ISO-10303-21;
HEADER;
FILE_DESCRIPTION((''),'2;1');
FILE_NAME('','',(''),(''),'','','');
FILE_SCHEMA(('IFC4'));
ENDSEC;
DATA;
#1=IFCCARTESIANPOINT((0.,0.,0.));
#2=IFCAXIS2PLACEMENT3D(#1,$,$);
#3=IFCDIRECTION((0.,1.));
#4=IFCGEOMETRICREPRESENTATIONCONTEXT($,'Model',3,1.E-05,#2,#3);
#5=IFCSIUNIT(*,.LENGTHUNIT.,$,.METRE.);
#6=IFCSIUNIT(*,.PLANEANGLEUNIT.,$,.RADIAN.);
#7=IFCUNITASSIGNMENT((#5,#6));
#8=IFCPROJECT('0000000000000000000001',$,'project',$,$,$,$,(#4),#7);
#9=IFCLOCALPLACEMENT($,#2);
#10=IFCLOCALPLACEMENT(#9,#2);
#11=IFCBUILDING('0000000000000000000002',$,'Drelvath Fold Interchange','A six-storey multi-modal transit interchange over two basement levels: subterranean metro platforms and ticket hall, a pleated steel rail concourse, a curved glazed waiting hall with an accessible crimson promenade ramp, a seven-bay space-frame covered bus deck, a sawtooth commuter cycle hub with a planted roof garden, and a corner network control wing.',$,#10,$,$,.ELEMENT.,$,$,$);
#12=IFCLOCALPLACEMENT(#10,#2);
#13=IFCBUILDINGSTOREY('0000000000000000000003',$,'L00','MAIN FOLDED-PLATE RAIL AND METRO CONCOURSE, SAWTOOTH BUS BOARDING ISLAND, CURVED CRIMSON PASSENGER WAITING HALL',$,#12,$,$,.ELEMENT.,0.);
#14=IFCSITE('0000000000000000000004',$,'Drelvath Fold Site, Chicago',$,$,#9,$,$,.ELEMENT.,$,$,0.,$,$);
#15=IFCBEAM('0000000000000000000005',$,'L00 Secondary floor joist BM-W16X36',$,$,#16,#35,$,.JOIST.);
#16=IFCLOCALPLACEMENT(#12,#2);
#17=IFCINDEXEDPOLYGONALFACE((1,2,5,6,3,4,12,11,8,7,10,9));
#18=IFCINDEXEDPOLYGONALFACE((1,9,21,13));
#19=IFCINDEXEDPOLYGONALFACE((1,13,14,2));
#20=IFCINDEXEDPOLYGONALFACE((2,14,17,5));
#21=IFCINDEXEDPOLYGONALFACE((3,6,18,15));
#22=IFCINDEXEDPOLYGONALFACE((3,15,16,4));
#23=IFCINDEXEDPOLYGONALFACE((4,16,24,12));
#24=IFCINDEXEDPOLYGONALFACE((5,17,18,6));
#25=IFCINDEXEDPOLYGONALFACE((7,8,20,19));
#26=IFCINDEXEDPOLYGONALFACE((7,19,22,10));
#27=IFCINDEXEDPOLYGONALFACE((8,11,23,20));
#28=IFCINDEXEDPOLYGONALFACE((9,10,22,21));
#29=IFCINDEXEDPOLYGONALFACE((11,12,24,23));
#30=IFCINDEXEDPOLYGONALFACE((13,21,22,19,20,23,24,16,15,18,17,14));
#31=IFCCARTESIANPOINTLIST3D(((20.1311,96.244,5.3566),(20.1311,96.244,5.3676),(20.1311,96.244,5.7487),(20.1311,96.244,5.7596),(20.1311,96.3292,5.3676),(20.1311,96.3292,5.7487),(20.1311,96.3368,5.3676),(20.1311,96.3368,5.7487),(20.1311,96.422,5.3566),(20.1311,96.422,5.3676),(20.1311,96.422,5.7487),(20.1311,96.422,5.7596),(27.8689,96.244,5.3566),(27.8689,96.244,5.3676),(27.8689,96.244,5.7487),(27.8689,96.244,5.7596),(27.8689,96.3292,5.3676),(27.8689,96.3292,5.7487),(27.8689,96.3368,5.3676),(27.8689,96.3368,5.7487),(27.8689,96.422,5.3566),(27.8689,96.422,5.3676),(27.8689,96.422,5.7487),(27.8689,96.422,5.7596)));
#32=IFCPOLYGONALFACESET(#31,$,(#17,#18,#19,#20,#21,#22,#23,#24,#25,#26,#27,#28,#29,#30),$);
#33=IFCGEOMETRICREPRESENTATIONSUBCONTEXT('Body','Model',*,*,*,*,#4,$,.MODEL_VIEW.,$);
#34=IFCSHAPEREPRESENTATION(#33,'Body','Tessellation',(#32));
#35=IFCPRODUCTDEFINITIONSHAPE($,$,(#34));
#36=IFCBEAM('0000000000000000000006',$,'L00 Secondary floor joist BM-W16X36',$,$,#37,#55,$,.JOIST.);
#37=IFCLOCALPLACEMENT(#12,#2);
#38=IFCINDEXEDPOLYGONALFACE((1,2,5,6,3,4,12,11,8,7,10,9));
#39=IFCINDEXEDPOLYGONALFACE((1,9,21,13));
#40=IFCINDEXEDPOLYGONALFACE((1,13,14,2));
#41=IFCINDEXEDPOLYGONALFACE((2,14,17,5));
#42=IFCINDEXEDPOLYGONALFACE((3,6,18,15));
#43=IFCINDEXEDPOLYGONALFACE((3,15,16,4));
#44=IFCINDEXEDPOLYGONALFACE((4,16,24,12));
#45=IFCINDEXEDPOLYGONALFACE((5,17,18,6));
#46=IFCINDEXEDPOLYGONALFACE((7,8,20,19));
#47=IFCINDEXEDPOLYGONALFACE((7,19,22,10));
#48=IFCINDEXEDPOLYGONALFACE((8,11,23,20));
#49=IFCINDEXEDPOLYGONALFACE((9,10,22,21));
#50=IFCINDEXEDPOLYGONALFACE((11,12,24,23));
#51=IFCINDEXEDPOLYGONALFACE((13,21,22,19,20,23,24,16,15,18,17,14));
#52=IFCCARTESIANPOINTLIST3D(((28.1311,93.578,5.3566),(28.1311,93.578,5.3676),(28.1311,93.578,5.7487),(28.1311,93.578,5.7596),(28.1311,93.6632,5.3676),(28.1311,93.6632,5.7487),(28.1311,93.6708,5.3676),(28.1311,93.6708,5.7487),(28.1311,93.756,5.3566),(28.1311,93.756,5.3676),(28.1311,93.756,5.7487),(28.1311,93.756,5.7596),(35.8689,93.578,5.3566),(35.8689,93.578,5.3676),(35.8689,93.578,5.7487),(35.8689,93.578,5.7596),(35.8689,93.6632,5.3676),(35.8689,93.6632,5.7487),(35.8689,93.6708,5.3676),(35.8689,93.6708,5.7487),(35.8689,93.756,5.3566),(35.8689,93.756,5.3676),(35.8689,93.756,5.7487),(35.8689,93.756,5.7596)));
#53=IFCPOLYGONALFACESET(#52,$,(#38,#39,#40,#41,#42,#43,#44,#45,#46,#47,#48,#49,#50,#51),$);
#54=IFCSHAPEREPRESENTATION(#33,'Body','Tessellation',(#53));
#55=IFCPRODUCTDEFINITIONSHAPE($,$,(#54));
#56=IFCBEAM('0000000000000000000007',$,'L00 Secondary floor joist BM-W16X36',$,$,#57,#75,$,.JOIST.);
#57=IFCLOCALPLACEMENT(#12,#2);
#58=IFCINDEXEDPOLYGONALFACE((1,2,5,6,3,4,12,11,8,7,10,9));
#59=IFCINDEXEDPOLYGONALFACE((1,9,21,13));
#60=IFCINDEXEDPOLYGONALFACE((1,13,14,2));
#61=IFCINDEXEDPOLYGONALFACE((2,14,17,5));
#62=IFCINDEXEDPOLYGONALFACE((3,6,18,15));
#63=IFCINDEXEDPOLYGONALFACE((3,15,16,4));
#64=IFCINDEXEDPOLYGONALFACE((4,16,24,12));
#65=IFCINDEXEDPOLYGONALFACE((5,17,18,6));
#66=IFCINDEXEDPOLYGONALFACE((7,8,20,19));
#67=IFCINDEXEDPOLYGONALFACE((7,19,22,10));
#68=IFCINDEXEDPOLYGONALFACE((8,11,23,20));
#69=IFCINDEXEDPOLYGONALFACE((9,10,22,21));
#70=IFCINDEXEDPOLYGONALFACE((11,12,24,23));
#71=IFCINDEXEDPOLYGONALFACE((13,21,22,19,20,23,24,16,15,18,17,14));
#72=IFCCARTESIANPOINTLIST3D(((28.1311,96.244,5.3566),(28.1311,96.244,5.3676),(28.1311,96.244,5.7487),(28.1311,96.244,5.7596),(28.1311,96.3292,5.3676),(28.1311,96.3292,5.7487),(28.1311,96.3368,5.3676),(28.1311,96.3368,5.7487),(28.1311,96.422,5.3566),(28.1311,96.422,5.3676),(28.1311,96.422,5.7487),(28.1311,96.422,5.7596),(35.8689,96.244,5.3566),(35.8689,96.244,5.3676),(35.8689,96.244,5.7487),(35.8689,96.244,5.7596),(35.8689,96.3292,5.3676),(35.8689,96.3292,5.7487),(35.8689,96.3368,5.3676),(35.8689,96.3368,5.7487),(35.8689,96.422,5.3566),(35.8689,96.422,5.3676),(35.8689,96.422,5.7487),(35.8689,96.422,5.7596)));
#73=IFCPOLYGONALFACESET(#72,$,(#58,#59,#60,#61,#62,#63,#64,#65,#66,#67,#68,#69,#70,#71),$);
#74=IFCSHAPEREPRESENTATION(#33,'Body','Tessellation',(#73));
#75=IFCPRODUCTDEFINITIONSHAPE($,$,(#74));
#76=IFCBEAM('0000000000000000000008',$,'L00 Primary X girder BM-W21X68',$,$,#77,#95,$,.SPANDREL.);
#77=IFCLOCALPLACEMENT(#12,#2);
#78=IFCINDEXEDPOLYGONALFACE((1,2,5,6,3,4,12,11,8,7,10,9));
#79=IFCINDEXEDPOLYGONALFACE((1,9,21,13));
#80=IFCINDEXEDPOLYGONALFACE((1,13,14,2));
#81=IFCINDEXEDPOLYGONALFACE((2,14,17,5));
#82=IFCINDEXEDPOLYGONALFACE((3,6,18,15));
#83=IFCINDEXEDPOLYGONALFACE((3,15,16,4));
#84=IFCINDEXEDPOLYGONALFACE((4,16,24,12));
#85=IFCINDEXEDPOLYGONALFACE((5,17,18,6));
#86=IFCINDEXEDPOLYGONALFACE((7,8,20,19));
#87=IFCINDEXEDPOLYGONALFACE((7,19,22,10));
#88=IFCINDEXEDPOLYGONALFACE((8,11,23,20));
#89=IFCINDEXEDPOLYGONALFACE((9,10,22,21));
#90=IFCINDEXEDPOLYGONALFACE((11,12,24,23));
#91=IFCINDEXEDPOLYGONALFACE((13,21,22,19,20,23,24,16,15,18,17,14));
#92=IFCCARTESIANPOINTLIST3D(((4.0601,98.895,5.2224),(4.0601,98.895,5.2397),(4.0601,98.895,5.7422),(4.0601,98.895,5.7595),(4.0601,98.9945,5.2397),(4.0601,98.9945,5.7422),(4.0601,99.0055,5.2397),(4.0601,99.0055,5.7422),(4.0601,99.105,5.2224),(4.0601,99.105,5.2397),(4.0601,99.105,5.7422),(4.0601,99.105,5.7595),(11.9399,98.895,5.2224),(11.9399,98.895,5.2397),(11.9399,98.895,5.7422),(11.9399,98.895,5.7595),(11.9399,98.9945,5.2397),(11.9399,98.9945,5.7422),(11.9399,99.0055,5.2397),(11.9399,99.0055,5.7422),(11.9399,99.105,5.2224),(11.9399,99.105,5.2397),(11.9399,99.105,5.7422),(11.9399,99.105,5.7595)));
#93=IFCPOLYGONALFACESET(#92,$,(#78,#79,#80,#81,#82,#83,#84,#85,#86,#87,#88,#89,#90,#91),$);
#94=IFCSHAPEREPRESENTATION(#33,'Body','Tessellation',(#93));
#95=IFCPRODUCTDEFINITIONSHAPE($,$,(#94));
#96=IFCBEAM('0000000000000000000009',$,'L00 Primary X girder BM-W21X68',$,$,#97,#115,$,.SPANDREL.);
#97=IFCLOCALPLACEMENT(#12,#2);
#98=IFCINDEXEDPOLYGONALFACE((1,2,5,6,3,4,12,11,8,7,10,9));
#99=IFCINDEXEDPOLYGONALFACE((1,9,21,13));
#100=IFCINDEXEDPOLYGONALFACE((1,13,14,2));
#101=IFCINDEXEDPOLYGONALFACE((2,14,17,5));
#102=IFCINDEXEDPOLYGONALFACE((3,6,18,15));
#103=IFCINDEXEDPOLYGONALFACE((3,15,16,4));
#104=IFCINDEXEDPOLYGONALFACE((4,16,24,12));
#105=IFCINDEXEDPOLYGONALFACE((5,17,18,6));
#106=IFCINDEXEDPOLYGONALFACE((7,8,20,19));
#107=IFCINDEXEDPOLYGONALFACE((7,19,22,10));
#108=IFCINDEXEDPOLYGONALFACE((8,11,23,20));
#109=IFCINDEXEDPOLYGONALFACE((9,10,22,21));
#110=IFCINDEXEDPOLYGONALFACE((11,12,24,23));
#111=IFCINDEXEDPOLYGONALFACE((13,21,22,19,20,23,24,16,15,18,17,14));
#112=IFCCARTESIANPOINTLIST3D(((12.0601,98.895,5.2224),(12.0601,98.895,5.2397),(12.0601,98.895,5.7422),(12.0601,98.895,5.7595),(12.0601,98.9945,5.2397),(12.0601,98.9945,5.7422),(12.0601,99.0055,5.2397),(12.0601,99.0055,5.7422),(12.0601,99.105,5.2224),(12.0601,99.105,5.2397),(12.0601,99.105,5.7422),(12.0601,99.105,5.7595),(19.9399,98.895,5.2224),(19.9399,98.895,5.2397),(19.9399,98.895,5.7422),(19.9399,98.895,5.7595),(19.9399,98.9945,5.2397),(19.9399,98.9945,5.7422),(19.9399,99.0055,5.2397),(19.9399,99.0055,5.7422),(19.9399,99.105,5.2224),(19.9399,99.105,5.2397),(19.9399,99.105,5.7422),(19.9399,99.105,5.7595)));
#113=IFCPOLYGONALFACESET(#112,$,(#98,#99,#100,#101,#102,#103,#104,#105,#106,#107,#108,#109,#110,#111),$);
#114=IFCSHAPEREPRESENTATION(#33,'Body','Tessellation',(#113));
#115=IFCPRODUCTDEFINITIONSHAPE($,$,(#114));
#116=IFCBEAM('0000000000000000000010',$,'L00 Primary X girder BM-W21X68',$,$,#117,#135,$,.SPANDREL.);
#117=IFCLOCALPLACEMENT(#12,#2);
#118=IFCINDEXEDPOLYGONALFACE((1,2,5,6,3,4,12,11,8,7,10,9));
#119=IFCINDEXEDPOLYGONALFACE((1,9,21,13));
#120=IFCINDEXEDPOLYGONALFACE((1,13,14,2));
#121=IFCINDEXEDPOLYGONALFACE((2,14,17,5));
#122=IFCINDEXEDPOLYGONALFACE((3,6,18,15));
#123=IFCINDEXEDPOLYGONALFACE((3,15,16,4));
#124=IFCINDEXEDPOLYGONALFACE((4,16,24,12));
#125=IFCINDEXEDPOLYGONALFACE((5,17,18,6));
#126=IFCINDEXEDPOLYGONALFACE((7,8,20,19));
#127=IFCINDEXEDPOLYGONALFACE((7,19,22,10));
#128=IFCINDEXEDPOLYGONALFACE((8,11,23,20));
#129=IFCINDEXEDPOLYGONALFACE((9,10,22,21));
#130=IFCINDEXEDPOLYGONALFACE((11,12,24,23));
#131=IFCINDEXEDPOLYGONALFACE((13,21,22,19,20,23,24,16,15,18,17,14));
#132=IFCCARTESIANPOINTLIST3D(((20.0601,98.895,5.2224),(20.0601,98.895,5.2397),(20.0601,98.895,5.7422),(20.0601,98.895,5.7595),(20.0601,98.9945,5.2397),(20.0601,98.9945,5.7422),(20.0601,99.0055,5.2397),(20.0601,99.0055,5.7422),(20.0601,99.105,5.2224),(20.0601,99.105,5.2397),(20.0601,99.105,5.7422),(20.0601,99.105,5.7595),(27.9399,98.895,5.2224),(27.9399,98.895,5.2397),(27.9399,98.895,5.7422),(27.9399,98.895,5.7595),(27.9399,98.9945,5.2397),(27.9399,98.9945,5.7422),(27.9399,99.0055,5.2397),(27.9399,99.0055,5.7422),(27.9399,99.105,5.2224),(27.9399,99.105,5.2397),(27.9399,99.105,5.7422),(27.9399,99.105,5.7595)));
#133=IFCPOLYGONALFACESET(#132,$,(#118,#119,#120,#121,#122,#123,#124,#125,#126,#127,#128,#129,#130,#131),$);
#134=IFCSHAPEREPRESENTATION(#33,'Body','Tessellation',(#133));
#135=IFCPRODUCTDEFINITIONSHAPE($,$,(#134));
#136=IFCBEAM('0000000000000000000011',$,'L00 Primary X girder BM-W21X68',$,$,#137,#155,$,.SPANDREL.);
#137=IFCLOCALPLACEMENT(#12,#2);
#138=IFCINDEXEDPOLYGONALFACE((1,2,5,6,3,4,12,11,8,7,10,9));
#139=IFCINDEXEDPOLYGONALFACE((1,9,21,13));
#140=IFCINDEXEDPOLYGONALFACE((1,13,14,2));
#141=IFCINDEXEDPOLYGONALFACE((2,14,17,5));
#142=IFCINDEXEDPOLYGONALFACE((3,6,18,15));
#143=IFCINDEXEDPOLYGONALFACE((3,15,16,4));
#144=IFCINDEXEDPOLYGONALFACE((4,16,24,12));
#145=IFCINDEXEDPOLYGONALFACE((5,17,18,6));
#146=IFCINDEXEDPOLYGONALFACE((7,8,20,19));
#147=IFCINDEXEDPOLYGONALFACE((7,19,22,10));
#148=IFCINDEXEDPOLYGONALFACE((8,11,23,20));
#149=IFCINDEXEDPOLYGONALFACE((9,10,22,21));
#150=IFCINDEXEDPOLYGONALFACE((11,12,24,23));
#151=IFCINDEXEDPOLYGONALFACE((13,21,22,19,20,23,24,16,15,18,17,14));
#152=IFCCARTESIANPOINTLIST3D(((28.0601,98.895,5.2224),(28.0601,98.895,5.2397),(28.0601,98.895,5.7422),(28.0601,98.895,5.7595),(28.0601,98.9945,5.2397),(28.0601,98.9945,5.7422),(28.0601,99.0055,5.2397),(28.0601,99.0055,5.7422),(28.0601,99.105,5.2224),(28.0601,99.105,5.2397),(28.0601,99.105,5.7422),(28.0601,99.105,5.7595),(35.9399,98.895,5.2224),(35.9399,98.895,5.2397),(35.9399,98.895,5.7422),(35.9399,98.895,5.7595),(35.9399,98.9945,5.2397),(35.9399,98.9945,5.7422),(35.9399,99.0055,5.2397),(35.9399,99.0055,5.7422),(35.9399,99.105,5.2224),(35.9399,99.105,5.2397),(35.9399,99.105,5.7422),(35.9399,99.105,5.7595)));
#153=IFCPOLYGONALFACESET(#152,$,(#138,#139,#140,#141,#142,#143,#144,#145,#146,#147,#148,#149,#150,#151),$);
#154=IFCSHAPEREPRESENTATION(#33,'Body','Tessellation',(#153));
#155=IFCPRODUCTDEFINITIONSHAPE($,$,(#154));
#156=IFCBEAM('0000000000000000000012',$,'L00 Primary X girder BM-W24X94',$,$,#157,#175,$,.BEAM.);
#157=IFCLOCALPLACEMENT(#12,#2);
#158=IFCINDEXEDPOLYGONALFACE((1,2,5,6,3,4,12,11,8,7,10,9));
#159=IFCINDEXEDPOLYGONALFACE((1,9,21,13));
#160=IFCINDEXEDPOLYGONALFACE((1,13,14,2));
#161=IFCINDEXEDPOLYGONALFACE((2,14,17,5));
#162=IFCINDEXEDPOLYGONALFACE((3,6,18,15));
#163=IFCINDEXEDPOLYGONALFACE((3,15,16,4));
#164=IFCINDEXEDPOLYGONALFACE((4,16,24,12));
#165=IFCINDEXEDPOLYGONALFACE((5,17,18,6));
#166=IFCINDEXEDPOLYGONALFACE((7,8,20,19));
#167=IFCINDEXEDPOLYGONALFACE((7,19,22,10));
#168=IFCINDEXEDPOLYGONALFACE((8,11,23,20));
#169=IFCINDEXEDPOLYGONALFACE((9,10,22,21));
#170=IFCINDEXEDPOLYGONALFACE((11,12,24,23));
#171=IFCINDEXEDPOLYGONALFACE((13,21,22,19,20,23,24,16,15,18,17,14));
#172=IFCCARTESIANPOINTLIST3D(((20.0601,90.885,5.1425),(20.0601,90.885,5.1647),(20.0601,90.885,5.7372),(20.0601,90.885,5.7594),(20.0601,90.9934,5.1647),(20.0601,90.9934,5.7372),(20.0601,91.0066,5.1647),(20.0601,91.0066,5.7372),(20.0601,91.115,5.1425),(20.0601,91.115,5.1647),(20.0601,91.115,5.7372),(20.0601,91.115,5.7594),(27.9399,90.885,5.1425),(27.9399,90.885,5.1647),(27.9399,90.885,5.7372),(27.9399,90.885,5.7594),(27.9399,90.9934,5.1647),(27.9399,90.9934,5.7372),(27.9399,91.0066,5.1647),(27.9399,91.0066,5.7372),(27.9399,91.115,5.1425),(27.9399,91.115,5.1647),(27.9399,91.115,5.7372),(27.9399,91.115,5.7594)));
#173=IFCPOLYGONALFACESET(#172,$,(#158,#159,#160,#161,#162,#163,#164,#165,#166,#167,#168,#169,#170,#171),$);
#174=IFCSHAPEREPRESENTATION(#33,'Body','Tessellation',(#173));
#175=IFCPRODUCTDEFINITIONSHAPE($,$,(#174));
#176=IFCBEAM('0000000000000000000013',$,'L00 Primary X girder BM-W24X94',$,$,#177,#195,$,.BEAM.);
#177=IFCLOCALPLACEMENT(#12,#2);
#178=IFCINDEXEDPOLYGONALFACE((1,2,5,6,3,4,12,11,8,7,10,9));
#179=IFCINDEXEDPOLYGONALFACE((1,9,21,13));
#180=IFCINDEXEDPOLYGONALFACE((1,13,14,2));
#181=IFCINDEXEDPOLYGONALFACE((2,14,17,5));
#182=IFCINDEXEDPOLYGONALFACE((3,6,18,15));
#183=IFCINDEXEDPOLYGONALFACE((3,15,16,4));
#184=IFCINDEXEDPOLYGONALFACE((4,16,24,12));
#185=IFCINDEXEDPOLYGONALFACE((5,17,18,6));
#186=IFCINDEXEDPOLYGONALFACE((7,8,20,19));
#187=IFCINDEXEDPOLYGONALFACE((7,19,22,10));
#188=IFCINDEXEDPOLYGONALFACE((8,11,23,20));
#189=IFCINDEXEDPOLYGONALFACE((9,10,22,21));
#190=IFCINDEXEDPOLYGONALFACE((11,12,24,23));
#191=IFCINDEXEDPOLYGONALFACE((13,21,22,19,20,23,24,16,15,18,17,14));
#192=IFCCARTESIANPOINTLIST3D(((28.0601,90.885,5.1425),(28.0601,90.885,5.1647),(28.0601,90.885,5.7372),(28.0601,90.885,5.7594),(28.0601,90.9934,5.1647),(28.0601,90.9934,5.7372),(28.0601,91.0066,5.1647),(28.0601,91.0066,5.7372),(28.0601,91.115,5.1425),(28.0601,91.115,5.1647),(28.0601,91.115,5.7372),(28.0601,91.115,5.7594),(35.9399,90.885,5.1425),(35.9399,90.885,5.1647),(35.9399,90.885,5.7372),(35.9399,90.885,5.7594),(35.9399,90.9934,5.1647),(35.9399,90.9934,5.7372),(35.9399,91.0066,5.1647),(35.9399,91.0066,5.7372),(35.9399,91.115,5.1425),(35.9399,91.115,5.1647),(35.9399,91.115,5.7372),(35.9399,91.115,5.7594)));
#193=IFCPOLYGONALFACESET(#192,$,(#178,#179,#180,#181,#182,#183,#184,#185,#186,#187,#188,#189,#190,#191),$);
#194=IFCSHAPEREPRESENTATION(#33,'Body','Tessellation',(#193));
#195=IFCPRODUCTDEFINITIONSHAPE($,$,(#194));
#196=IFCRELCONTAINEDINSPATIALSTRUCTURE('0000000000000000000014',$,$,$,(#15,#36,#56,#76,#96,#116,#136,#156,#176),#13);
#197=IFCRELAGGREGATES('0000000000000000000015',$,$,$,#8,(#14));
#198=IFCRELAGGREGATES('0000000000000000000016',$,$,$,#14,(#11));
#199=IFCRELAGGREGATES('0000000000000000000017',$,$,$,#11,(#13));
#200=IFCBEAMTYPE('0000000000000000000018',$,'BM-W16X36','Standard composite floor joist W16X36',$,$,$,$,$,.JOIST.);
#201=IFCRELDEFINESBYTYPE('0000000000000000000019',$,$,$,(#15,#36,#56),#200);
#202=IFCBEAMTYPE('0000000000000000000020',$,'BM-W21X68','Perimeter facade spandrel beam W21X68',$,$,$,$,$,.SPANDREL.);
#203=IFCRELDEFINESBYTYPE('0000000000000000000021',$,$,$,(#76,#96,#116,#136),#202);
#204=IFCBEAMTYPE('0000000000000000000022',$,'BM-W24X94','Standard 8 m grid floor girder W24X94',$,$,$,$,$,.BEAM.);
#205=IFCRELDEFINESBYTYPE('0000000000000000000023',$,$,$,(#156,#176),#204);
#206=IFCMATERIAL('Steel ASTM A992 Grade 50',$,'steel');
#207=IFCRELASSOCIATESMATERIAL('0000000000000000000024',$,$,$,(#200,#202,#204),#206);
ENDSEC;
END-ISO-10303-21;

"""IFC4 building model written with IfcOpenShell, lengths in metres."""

from ifc_helpers import new_model, si_unit, direction, frame, origin, origin_2d, place, context, subcontext, project, spatial, i_section, extrude, material, material_profile, profile_set, type_object, element, save


model = new_model("IFC4")

# Units and contexts
model_context = context("Model", 3, precision=1e-05, world=origin(), true_north=direction((0.0, 1.0)))
body_context = subcontext(model_context, "Body", "Model", "MODEL_VIEW")
ifc_project = project(units=[si_unit("LENGTHUNIT", "METRE"), si_unit("PLANEANGLEUNIT", "RADIAN")], contexts=[model_context])

# Site, building, storey
site_placement = place(None, origin())
site = spatial("IfcSite", under=ifc_project, at=site_placement, Name="Drelvath Fold Site, Chicago", CompositionType="ELEMENT", RefElevation=0.0)
building_placement = place(site_placement, origin())
building = spatial("IfcBuilding", under=site, at=building_placement, Name="Drelvath Fold Interchange", Description="A six-storey multi-modal transit interchange over two basement levels: subterranean metro platforms and ticket hall, a pleated steel rail concourse, a curved glazed waiting hall with an accessible crimson promenade ramp, a seven-bay space-frame covered bus deck, a sawtooth commuter cycle hub with a planted roof garden, and a corner network control wing.", CompositionType="ELEMENT")
storey_placement = place(building_placement, origin())
storey = spatial("IfcBuildingStorey", under=building, at=storey_placement, Name="L00", Description="MAIN FOLDED-PLATE RAIL AND METRO CONCOURSE, SAWTOOTH BUS BOARDING ISLAND, CURVED CRIMSON PASSENGER WAITING HALL", CompositionType="ELEMENT", Elevation=0.0)

# Beams
ifc_material_1 = material(Name="Steel ASTM A992 Grade 50", Category="steel")
ifc_material_profile_1 = material_profile(ifc_material_1, i_section(OverallWidth=0.178, OverallDepth=0.4031, WebThickness=0.0076, FlangeThickness=0.011, at=origin_2d()), Name="W16X36")
ifc_profile_set_1 = profile_set([ifc_material_profile_1], Name="Steel ASTM A992 Grade 50")
beam_type_1 = type_object("IfcBeamType", Name="BM-W16X36", Description="Standard composite floor joist W16X36", PredefinedType="JOIST", material=ifc_profile_set_1)
for number, where, z_axis, x_axis, name in (
    (1, (20.1311, 96.333, 5.5581), (1.0, 0.0, 0.0), (0.0, 1.0, 0.0), "L00 Secondary floor joist BM-W16X36"),
    (2, (28.1311, 93.667, 5.5581), (1.0, 0.0, 0.0), (0.0, 1.0, 0.0), "L00 Secondary floor joist BM-W16X36"),
    (3, (28.1311, 96.333, 5.5581), (1.0, 0.0, 0.0), (0.0, 1.0, 0.0), "L00 Secondary floor joist BM-W16X36"),
):
    element("IfcBeam", number, at=place(storey_placement, frame(where, z_axis=z_axis, x_axis=x_axis)), inside=storey, type_object=beam_type_1, Name=name, PredefinedType="JOIST", context=body_context, shape_type="SweptSolid", body=[
        extrude(i_section(OverallWidth=0.178, OverallDepth=0.4031, WebThickness=0.0076, FlangeThickness=0.011, at=origin_2d()), origin(), (0.0, 0.0, 1.0), 7.7378),
    ])
ifc_material_profile_2 = material_profile(ifc_material_1, i_section(OverallWidth=0.21, OverallDepth=0.5371, WebThickness=0.011, FlangeThickness=0.0173, at=origin_2d()), Name="W21X68")
ifc_profile_set_2 = profile_set([ifc_material_profile_2], Name="Steel ASTM A992 Grade 50")
beam_type_2 = type_object("IfcBeamType", Name="BM-W21X68", Description="Perimeter facade spandrel beam W21X68", PredefinedType="SPANDREL", material=ifc_profile_set_2)
for number, where, z_axis, x_axis, name in (
    (4, (4.0601, 99.0, 5.491), (1.0, 0.0, 0.0), (0.0, 1.0, 0.0), "L00 Primary X girder BM-W21X68"),
    (5, (12.0601, 99.0, 5.491), (1.0, 0.0, 0.0), (0.0, 1.0, 0.0), "L00 Primary X girder BM-W21X68"),
    (6, (20.0601, 99.0, 5.491), (1.0, 0.0, 0.0), (0.0, 1.0, 0.0), "L00 Primary X girder BM-W21X68"),
    (7, (28.0601, 99.0, 5.491), (1.0, 0.0, 0.0), (0.0, 1.0, 0.0), "L00 Primary X girder BM-W21X68"),
):
    element("IfcBeam", number, at=place(storey_placement, frame(where, z_axis=z_axis, x_axis=x_axis)), inside=storey, type_object=beam_type_2, Name=name, PredefinedType="SPANDREL", context=body_context, shape_type="SweptSolid", body=[
        extrude(i_section(OverallWidth=0.21, OverallDepth=0.5371, WebThickness=0.011, FlangeThickness=0.0173, at=origin_2d()), origin(), (0.0, 0.0, 1.0), 7.8799),
    ])
ifc_material_profile_3 = material_profile(ifc_material_1, i_section(OverallWidth=0.23, OverallDepth=0.6169, WebThickness=0.0132, FlangeThickness=0.0222, at=origin_2d()), Name="W24X94")
ifc_profile_set_3 = profile_set([ifc_material_profile_3], Name="Steel ASTM A992 Grade 50")
beam_type_3 = type_object("IfcBeamType", Name="BM-W24X94", Description="Standard 8 m grid floor girder W24X94", PredefinedType="BEAM", material=ifc_profile_set_3)
for number, where, z_axis, x_axis, name in (
    (8, (20.0601, 91.0, 5.4509), (1.0, 0.0, 0.0), (0.0, 1.0, 0.0), "L00 Primary X girder BM-W24X94"),
    (9, (28.0601, 91.0, 5.4509), (1.0, 0.0, 0.0), (0.0, 1.0, 0.0), "L00 Primary X girder BM-W24X94"),
):
    element("IfcBeam", number, at=place(storey_placement, frame(where, z_axis=z_axis, x_axis=x_axis)), inside=storey, type_object=beam_type_3, Name=name, PredefinedType="BEAM", context=body_context, shape_type="SweptSolid", body=[
        extrude(i_section(OverallWidth=0.23, OverallDepth=0.6169, WebThickness=0.0132, FlangeThickness=0.0222, at=origin_2d()), origin(), (0.0, 0.0, 1.0), 7.8799),
    ])

save(model, "model.ifc")
